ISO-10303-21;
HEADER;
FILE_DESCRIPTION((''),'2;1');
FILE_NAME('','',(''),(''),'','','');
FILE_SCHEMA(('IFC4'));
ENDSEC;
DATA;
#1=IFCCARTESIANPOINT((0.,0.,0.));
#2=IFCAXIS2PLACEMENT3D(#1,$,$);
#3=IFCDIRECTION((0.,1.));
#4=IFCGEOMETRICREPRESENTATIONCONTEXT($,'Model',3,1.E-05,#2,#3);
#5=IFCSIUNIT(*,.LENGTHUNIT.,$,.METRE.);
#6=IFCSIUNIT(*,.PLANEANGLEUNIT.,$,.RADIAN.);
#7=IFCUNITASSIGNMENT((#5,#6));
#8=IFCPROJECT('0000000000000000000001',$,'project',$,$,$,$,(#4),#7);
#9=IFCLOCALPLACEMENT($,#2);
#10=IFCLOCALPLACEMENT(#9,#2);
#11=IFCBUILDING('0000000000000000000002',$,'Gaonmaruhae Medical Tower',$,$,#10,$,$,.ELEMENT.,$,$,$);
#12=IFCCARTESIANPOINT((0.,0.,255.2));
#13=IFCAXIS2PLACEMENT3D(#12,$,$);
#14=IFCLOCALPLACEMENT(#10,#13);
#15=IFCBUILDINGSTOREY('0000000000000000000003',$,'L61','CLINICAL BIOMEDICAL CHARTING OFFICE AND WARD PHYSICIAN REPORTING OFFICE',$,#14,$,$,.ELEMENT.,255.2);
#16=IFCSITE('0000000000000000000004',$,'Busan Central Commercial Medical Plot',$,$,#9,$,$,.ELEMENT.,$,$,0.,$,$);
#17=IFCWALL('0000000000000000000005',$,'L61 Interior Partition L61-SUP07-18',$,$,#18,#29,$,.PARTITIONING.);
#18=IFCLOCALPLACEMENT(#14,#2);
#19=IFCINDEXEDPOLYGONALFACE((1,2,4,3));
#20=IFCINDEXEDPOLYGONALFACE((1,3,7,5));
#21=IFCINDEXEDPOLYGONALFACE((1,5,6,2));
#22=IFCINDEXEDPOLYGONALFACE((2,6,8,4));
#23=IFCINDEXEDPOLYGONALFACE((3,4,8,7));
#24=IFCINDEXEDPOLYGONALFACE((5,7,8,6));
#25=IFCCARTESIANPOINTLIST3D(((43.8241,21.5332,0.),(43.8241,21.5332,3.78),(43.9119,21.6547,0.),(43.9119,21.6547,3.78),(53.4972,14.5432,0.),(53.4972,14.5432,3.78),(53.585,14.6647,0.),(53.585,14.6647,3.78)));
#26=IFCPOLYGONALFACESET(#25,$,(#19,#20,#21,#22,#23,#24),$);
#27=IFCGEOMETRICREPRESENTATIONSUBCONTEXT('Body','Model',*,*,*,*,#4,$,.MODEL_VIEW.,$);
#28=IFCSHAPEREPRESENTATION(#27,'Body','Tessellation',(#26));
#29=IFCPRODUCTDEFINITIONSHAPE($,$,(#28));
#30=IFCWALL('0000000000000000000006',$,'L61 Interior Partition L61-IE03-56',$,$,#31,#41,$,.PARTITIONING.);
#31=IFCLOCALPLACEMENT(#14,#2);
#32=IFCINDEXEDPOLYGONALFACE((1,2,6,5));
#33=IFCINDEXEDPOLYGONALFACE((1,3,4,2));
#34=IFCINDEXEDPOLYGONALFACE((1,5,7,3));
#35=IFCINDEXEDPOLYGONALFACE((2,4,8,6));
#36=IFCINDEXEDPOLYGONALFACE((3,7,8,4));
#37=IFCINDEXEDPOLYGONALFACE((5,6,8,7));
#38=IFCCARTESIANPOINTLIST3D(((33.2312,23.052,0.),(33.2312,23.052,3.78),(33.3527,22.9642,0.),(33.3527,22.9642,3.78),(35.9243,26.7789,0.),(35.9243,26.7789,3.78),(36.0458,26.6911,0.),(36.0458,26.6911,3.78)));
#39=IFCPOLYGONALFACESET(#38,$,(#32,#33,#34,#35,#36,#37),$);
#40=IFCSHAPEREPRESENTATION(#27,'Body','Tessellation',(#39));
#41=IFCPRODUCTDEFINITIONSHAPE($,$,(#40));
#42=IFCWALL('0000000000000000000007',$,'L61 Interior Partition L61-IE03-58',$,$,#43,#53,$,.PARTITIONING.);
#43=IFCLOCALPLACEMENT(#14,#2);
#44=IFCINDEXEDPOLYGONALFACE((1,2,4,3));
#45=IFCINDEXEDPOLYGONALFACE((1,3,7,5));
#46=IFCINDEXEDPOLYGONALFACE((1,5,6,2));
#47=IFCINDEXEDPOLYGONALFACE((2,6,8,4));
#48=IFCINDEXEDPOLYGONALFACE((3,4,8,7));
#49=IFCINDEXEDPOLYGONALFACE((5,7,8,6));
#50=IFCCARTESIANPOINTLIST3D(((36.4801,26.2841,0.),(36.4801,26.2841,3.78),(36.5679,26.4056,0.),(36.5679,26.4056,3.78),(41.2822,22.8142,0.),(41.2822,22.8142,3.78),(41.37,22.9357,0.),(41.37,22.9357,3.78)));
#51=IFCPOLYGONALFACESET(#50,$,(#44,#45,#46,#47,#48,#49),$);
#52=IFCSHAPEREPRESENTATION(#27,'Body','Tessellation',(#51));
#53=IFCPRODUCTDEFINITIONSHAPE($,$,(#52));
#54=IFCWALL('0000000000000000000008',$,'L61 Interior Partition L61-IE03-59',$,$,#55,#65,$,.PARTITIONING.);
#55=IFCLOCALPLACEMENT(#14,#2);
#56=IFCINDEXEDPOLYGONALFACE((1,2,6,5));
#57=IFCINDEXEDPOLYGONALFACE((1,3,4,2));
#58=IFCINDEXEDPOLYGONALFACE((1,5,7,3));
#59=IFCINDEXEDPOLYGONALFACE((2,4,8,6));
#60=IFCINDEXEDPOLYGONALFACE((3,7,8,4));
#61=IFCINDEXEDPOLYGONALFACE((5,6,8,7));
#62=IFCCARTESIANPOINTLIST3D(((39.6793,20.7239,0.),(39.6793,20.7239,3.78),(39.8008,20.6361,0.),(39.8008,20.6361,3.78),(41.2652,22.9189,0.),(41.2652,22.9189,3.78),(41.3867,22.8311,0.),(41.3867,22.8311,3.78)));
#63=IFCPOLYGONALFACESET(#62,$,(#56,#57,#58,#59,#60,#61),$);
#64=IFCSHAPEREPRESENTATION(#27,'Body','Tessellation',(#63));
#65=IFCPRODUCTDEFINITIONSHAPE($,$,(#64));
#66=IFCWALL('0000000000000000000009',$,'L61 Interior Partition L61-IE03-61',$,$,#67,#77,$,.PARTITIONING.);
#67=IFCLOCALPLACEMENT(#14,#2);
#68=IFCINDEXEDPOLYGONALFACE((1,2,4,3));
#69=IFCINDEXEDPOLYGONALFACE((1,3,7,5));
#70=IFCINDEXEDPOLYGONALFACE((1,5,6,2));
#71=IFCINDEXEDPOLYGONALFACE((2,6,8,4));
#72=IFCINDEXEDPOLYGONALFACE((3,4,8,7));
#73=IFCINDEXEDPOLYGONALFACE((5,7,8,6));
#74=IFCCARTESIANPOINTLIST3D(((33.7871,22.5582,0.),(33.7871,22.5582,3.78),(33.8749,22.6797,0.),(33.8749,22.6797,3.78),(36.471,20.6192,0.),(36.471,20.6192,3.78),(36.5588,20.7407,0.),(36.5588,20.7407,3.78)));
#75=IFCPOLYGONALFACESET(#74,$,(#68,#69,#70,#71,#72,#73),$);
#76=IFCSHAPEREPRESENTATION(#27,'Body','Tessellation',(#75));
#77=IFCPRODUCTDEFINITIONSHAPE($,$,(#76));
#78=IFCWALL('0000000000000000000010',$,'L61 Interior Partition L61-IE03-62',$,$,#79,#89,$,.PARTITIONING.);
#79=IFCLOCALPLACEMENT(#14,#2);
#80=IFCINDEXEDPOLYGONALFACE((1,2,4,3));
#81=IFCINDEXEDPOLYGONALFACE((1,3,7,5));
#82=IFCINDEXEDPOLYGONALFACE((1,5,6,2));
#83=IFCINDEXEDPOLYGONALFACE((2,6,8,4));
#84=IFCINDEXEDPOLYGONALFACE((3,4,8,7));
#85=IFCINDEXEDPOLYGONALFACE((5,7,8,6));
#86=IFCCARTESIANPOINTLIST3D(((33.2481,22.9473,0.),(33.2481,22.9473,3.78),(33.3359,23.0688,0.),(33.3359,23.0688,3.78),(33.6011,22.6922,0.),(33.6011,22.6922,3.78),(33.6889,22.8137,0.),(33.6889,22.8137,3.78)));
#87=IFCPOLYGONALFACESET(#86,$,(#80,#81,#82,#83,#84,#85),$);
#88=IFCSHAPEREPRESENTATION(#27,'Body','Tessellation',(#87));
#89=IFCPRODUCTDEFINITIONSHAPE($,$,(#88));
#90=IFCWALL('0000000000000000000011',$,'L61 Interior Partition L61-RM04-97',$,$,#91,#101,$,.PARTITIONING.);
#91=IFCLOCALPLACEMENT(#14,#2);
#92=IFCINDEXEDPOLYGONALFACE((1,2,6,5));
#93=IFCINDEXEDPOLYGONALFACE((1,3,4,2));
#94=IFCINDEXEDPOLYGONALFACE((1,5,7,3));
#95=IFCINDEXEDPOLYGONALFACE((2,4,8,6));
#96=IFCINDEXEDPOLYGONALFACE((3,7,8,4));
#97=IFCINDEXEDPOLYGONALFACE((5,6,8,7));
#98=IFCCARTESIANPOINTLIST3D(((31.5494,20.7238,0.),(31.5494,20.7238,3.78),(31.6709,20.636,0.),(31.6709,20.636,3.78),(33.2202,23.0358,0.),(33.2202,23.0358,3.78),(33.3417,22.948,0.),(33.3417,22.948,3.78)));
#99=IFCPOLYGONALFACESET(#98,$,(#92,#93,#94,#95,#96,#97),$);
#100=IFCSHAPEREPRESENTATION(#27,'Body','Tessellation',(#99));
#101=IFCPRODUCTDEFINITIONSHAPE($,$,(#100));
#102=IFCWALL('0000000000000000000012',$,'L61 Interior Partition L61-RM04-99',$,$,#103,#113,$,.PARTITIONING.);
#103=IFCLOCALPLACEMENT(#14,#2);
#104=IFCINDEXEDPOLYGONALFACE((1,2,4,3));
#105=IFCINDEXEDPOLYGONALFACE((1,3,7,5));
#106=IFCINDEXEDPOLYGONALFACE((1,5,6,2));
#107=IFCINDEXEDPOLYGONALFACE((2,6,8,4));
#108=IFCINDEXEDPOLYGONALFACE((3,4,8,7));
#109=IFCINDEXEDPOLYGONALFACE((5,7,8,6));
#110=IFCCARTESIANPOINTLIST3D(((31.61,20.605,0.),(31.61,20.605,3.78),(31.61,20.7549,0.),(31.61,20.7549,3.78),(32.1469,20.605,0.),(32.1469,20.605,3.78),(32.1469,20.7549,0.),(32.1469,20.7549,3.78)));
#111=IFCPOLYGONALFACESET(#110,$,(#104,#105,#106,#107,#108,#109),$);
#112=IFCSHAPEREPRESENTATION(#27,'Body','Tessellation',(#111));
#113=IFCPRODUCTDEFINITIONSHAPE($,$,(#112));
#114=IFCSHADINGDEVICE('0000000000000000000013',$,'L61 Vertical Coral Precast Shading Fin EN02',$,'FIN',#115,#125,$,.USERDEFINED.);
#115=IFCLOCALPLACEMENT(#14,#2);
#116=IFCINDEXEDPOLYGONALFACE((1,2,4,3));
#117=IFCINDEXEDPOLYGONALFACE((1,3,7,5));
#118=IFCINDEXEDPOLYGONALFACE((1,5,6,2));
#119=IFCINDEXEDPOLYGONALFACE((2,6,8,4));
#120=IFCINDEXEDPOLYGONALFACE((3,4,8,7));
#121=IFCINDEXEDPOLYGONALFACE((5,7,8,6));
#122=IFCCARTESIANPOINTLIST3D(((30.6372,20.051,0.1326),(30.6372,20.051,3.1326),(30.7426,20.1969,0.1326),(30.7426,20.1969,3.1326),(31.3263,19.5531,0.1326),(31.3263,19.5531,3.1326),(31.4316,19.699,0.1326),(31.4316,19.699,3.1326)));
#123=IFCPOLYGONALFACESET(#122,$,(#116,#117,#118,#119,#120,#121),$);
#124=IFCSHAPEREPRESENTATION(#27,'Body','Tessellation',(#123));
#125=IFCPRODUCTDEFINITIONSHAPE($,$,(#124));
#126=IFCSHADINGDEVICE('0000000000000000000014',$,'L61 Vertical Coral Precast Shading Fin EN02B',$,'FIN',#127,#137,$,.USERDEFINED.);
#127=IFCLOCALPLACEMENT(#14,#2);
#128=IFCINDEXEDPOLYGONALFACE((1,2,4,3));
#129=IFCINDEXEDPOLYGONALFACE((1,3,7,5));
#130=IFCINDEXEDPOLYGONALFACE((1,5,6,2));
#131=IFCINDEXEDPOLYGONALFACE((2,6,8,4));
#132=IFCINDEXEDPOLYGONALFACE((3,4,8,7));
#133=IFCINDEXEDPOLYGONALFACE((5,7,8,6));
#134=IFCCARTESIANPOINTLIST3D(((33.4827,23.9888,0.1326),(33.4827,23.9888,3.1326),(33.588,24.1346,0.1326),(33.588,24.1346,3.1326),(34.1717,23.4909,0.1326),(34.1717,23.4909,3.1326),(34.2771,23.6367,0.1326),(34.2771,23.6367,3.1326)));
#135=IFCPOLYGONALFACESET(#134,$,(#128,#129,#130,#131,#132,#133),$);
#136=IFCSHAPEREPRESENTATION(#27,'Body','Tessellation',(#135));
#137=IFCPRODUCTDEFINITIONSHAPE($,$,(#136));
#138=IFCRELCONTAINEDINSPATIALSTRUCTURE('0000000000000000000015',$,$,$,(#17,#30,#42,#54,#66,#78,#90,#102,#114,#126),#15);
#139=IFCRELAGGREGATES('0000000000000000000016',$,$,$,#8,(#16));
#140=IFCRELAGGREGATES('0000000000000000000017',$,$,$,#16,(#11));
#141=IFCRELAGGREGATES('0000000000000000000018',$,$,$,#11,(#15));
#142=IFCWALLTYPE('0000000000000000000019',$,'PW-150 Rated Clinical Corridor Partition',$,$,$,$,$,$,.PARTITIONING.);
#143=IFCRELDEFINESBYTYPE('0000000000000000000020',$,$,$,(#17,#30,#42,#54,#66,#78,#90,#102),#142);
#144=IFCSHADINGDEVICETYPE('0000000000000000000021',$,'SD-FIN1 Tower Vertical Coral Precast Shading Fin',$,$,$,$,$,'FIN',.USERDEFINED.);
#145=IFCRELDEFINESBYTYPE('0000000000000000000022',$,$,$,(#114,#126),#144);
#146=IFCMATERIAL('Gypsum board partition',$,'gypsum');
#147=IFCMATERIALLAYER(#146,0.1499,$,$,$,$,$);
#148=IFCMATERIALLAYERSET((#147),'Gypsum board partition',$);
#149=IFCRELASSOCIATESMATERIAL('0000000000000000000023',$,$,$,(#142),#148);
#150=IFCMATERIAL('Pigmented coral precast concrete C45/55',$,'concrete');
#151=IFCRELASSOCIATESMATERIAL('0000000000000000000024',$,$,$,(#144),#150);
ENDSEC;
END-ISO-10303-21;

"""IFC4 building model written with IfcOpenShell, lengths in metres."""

from ifc_helpers import new_model, si_unit, direction, frame, frame_2d, origin, origin_2d, place, context, subcontext, project, spatial, rectangle, extrude, material, layer, layer_set, type_object, element, save


model = new_model("IFC4")

# Units and contexts
model_context = context("Model", 3, precision=1e-05, world=origin(), true_north=direction((0.0, 1.0)))
body_context = subcontext(model_context, "Body", "Model", "MODEL_VIEW")
ifc_project = project(units=[si_unit("LENGTHUNIT", "METRE"), si_unit("PLANEANGLEUNIT", "RADIAN")], contexts=[model_context])

# Site, building, storey
site_placement = place(None, origin())
site = spatial("IfcSite", under=ifc_project, at=site_placement, Name="Busan Central Commercial Medical Plot", CompositionType="ELEMENT", RefElevation=0.0)
building_placement = place(site_placement, origin())
building = spatial("IfcBuilding", under=site, at=building_placement, Name="Gaonmaruhae Medical Tower", CompositionType="ELEMENT")
storey_placement = place(building_placement, frame((0.0, 0.0, 255.2)))
storey = spatial("IfcBuildingStorey", under=building, at=storey_placement, Name="L61", Description="CLINICAL BIOMEDICAL CHARTING OFFICE AND WARD PHYSICIAN REPORTING OFFICE", CompositionType="ELEMENT", Elevation=255.2)

# Wall
ifc_material_1 = material(Name="Gypsum board partition", Category="gypsum")
ifc_layer_1 = layer(ifc_material_1, 0.1499)
ifc_layer_set_1 = layer_set([ifc_layer_1], Name="Gypsum board partition")
wall_type_1 = type_object("IfcWallType", Name="PW-150 Rated Clinical Corridor Partition", PredefinedType="PARTITIONING", material=ifc_layer_set_1)
wall_1_placement = place(storey_placement, frame((43.8679, 21.594, 0.0), z_axis=(0.0, 0.0, 1.0), x_axis=(0.810525, -0.585703, 0.0)))
element("IfcWall", 1, at=wall_1_placement, inside=storey, type_object=wall_type_1, Name="L61 Interior Partition L61-SUP07-18", PredefinedType="PARTITIONING", context=body_context, shape_type="SweptSolid", body=[
    extrude(rectangle(XDim=11.9343, YDim=0.1499, at=frame_2d((5.9673, 0.0))), origin(), (0.0, 0.0, 1.0), 3.78),
])

# Walls
wall_2_placement = place(storey_placement, frame((33.292, 23.0081, 0.0), z_axis=(0.0, 0.0, 1.0), x_axis=(0.585684, 0.810539, 0.0)))
element("IfcWall", 2, at=wall_2_placement, inside=storey, type_object=wall_type_1, Name="L61 Interior Partition L61-IE03-56", PredefinedType="PARTITIONING", context=body_context, shape_type="SweptSolid", body=[
    extrude(rectangle(XDim=4.5981, YDim=0.1499, at=frame_2d((2.2991, 0.0))), origin(), (0.0, 0.0, 1.0), 3.78),
])
wall_3_placement = place(storey_placement, frame((36.5239, 26.345, 0.0), z_axis=(0.0, 0.0, 1.0), x_axis=(0.81053, -0.585697, 0.0)))
element("IfcWall", 3, at=wall_3_placement, inside=storey, type_object=wall_type_1, Name="L61 Interior Partition L61-IE03-58", PredefinedType="PARTITIONING", context=body_context, shape_type="SweptSolid", body=[
    extrude(rectangle(XDim=5.9246, YDim=0.1499, at=frame_2d((2.9624, 0.0))), origin(), (0.0, 0.0, 1.0), 3.78),
])
wall_4_placement = place(storey_placement, frame((41.3259, 22.875, 0.0), z_axis=(0.0, 0.0, 1.0), x_axis=(-0.585639, -0.810572, 0.0)))
element("IfcWall", 4, at=wall_4_placement, inside=storey, type_object=wall_type_1, Name="L61 Interior Partition L61-IE03-59", PredefinedType="PARTITIONING", context=body_context, shape_type="SweptSolid", body=[
    extrude(rectangle(XDim=2.708, YDim=0.1499, at=frame_2d((1.354, 0.0))), origin(), (0.0, 0.0, 1.0), 3.78),
])

# Walls
wall_5_placement = place(storey_placement, frame((36.5149, 20.6799, 0.0), z_axis=(0.0, 0.0, 1.0), x_axis=(-0.810588, 0.585617, 0.0)))
element("IfcWall", 5, at=wall_5_placement, inside=storey, type_object=wall_type_1, Name="L61 Interior Partition L61-IE03-61", PredefinedType="PARTITIONING", context=body_context, shape_type="SweptSolid", body=[
    extrude(rectangle(XDim=3.311, YDim=0.1499, at=frame_2d((1.6555, 0.0))), origin(), (0.0, 0.0, 1.0), 3.78),
])
wall_6_placement = place(storey_placement, frame((33.645, 22.7529, 0.0), z_axis=(0.0, 0.0, 1.0), x_axis=(-0.810502, 0.585736, 0.0)))
element("IfcWall", 6, at=wall_6_placement, inside=storey, type_object=wall_type_1, Name="L61 Interior Partition L61-IE03-62", PredefinedType="PARTITIONING", context=body_context, shape_type="SweptSolid", body=[
    extrude(rectangle(XDim=0.4355, YDim=0.1499, at=frame_2d((0.2178, 0.0))), origin(), (0.0, 0.0, 1.0), 3.78),
])
wall_7_placement = place(storey_placement, frame((31.6101, 20.6799, 0.0), z_axis=(0.0, 0.0, 1.0), x_axis=(0.585747, 0.810494, 0.0)))
element("IfcWall", 7, at=wall_7_placement, inside=storey, type_object=wall_type_1, Name="L61 Interior Partition L61-RM04-97", PredefinedType="PARTITIONING", context=body_context, shape_type="SweptSolid", body=[
    extrude(rectangle(XDim=2.8525, YDim=0.1499, at=frame_2d((1.4263, 0.0))), origin(), (0.0, 0.0, 1.0), 3.78),
])

# Wall
wall_8_placement = place(storey_placement, frame((32.147, 20.6799, 0.0), z_axis=(0.0, 0.0, 1.0), x_axis=(-1.0, 0.0, 0.0)))
element("IfcWall", 8, at=wall_8_placement, inside=storey, type_object=wall_type_1, Name="L61 Interior Partition L61-RM04-99", PredefinedType="PARTITIONING", context=body_context, shape_type="SweptSolid", body=[
    extrude(rectangle(XDim=0.5369, YDim=0.1499, at=frame_2d((0.2686, 0.0))), origin(), (0.0, 0.0, 1.0), 3.78),
])

# Shading devices
ifc_material_2 = material(Name="Pigmented coral precast concrete C45/55", Category="concrete")
shading_device_type = type_object("IfcShadingDeviceType", Name="SD-FIN1 Tower Vertical Coral Precast Shading Fin", ElementType="FIN", PredefinedType="USERDEFINED", material=ifc_material_2)
for number, where, z_axis, x_axis, name in (
    (9, (31.0344, 19.875, 0.1326), (0.0, 0.0, 1.0), (0.585665, 0.810553, 0.0), "L61 Vertical Coral Precast Shading Fin EN02"),
    (10, (33.8799, 23.8127, 0.1326), (0.0, 0.0, 1.0), (0.585665, 0.810553, 0.0), "L61 Vertical Coral Precast Shading Fin EN02B"),
):
    element("IfcShadingDevice", number, at=place(storey_placement, frame(where, z_axis=z_axis, x_axis=x_axis)), inside=storey, type_object=shading_device_type, Name=name, ObjectType="FIN", PredefinedType="USERDEFINED", context=body_context, shape_type="SweptSolid", body=[
        extrude(rectangle(XDim=0.1799, YDim=0.8501, at=origin_2d()), origin(), (0.0, 0.0, 1.0), 3.0),
    ])

save(model, "model.ifc")
